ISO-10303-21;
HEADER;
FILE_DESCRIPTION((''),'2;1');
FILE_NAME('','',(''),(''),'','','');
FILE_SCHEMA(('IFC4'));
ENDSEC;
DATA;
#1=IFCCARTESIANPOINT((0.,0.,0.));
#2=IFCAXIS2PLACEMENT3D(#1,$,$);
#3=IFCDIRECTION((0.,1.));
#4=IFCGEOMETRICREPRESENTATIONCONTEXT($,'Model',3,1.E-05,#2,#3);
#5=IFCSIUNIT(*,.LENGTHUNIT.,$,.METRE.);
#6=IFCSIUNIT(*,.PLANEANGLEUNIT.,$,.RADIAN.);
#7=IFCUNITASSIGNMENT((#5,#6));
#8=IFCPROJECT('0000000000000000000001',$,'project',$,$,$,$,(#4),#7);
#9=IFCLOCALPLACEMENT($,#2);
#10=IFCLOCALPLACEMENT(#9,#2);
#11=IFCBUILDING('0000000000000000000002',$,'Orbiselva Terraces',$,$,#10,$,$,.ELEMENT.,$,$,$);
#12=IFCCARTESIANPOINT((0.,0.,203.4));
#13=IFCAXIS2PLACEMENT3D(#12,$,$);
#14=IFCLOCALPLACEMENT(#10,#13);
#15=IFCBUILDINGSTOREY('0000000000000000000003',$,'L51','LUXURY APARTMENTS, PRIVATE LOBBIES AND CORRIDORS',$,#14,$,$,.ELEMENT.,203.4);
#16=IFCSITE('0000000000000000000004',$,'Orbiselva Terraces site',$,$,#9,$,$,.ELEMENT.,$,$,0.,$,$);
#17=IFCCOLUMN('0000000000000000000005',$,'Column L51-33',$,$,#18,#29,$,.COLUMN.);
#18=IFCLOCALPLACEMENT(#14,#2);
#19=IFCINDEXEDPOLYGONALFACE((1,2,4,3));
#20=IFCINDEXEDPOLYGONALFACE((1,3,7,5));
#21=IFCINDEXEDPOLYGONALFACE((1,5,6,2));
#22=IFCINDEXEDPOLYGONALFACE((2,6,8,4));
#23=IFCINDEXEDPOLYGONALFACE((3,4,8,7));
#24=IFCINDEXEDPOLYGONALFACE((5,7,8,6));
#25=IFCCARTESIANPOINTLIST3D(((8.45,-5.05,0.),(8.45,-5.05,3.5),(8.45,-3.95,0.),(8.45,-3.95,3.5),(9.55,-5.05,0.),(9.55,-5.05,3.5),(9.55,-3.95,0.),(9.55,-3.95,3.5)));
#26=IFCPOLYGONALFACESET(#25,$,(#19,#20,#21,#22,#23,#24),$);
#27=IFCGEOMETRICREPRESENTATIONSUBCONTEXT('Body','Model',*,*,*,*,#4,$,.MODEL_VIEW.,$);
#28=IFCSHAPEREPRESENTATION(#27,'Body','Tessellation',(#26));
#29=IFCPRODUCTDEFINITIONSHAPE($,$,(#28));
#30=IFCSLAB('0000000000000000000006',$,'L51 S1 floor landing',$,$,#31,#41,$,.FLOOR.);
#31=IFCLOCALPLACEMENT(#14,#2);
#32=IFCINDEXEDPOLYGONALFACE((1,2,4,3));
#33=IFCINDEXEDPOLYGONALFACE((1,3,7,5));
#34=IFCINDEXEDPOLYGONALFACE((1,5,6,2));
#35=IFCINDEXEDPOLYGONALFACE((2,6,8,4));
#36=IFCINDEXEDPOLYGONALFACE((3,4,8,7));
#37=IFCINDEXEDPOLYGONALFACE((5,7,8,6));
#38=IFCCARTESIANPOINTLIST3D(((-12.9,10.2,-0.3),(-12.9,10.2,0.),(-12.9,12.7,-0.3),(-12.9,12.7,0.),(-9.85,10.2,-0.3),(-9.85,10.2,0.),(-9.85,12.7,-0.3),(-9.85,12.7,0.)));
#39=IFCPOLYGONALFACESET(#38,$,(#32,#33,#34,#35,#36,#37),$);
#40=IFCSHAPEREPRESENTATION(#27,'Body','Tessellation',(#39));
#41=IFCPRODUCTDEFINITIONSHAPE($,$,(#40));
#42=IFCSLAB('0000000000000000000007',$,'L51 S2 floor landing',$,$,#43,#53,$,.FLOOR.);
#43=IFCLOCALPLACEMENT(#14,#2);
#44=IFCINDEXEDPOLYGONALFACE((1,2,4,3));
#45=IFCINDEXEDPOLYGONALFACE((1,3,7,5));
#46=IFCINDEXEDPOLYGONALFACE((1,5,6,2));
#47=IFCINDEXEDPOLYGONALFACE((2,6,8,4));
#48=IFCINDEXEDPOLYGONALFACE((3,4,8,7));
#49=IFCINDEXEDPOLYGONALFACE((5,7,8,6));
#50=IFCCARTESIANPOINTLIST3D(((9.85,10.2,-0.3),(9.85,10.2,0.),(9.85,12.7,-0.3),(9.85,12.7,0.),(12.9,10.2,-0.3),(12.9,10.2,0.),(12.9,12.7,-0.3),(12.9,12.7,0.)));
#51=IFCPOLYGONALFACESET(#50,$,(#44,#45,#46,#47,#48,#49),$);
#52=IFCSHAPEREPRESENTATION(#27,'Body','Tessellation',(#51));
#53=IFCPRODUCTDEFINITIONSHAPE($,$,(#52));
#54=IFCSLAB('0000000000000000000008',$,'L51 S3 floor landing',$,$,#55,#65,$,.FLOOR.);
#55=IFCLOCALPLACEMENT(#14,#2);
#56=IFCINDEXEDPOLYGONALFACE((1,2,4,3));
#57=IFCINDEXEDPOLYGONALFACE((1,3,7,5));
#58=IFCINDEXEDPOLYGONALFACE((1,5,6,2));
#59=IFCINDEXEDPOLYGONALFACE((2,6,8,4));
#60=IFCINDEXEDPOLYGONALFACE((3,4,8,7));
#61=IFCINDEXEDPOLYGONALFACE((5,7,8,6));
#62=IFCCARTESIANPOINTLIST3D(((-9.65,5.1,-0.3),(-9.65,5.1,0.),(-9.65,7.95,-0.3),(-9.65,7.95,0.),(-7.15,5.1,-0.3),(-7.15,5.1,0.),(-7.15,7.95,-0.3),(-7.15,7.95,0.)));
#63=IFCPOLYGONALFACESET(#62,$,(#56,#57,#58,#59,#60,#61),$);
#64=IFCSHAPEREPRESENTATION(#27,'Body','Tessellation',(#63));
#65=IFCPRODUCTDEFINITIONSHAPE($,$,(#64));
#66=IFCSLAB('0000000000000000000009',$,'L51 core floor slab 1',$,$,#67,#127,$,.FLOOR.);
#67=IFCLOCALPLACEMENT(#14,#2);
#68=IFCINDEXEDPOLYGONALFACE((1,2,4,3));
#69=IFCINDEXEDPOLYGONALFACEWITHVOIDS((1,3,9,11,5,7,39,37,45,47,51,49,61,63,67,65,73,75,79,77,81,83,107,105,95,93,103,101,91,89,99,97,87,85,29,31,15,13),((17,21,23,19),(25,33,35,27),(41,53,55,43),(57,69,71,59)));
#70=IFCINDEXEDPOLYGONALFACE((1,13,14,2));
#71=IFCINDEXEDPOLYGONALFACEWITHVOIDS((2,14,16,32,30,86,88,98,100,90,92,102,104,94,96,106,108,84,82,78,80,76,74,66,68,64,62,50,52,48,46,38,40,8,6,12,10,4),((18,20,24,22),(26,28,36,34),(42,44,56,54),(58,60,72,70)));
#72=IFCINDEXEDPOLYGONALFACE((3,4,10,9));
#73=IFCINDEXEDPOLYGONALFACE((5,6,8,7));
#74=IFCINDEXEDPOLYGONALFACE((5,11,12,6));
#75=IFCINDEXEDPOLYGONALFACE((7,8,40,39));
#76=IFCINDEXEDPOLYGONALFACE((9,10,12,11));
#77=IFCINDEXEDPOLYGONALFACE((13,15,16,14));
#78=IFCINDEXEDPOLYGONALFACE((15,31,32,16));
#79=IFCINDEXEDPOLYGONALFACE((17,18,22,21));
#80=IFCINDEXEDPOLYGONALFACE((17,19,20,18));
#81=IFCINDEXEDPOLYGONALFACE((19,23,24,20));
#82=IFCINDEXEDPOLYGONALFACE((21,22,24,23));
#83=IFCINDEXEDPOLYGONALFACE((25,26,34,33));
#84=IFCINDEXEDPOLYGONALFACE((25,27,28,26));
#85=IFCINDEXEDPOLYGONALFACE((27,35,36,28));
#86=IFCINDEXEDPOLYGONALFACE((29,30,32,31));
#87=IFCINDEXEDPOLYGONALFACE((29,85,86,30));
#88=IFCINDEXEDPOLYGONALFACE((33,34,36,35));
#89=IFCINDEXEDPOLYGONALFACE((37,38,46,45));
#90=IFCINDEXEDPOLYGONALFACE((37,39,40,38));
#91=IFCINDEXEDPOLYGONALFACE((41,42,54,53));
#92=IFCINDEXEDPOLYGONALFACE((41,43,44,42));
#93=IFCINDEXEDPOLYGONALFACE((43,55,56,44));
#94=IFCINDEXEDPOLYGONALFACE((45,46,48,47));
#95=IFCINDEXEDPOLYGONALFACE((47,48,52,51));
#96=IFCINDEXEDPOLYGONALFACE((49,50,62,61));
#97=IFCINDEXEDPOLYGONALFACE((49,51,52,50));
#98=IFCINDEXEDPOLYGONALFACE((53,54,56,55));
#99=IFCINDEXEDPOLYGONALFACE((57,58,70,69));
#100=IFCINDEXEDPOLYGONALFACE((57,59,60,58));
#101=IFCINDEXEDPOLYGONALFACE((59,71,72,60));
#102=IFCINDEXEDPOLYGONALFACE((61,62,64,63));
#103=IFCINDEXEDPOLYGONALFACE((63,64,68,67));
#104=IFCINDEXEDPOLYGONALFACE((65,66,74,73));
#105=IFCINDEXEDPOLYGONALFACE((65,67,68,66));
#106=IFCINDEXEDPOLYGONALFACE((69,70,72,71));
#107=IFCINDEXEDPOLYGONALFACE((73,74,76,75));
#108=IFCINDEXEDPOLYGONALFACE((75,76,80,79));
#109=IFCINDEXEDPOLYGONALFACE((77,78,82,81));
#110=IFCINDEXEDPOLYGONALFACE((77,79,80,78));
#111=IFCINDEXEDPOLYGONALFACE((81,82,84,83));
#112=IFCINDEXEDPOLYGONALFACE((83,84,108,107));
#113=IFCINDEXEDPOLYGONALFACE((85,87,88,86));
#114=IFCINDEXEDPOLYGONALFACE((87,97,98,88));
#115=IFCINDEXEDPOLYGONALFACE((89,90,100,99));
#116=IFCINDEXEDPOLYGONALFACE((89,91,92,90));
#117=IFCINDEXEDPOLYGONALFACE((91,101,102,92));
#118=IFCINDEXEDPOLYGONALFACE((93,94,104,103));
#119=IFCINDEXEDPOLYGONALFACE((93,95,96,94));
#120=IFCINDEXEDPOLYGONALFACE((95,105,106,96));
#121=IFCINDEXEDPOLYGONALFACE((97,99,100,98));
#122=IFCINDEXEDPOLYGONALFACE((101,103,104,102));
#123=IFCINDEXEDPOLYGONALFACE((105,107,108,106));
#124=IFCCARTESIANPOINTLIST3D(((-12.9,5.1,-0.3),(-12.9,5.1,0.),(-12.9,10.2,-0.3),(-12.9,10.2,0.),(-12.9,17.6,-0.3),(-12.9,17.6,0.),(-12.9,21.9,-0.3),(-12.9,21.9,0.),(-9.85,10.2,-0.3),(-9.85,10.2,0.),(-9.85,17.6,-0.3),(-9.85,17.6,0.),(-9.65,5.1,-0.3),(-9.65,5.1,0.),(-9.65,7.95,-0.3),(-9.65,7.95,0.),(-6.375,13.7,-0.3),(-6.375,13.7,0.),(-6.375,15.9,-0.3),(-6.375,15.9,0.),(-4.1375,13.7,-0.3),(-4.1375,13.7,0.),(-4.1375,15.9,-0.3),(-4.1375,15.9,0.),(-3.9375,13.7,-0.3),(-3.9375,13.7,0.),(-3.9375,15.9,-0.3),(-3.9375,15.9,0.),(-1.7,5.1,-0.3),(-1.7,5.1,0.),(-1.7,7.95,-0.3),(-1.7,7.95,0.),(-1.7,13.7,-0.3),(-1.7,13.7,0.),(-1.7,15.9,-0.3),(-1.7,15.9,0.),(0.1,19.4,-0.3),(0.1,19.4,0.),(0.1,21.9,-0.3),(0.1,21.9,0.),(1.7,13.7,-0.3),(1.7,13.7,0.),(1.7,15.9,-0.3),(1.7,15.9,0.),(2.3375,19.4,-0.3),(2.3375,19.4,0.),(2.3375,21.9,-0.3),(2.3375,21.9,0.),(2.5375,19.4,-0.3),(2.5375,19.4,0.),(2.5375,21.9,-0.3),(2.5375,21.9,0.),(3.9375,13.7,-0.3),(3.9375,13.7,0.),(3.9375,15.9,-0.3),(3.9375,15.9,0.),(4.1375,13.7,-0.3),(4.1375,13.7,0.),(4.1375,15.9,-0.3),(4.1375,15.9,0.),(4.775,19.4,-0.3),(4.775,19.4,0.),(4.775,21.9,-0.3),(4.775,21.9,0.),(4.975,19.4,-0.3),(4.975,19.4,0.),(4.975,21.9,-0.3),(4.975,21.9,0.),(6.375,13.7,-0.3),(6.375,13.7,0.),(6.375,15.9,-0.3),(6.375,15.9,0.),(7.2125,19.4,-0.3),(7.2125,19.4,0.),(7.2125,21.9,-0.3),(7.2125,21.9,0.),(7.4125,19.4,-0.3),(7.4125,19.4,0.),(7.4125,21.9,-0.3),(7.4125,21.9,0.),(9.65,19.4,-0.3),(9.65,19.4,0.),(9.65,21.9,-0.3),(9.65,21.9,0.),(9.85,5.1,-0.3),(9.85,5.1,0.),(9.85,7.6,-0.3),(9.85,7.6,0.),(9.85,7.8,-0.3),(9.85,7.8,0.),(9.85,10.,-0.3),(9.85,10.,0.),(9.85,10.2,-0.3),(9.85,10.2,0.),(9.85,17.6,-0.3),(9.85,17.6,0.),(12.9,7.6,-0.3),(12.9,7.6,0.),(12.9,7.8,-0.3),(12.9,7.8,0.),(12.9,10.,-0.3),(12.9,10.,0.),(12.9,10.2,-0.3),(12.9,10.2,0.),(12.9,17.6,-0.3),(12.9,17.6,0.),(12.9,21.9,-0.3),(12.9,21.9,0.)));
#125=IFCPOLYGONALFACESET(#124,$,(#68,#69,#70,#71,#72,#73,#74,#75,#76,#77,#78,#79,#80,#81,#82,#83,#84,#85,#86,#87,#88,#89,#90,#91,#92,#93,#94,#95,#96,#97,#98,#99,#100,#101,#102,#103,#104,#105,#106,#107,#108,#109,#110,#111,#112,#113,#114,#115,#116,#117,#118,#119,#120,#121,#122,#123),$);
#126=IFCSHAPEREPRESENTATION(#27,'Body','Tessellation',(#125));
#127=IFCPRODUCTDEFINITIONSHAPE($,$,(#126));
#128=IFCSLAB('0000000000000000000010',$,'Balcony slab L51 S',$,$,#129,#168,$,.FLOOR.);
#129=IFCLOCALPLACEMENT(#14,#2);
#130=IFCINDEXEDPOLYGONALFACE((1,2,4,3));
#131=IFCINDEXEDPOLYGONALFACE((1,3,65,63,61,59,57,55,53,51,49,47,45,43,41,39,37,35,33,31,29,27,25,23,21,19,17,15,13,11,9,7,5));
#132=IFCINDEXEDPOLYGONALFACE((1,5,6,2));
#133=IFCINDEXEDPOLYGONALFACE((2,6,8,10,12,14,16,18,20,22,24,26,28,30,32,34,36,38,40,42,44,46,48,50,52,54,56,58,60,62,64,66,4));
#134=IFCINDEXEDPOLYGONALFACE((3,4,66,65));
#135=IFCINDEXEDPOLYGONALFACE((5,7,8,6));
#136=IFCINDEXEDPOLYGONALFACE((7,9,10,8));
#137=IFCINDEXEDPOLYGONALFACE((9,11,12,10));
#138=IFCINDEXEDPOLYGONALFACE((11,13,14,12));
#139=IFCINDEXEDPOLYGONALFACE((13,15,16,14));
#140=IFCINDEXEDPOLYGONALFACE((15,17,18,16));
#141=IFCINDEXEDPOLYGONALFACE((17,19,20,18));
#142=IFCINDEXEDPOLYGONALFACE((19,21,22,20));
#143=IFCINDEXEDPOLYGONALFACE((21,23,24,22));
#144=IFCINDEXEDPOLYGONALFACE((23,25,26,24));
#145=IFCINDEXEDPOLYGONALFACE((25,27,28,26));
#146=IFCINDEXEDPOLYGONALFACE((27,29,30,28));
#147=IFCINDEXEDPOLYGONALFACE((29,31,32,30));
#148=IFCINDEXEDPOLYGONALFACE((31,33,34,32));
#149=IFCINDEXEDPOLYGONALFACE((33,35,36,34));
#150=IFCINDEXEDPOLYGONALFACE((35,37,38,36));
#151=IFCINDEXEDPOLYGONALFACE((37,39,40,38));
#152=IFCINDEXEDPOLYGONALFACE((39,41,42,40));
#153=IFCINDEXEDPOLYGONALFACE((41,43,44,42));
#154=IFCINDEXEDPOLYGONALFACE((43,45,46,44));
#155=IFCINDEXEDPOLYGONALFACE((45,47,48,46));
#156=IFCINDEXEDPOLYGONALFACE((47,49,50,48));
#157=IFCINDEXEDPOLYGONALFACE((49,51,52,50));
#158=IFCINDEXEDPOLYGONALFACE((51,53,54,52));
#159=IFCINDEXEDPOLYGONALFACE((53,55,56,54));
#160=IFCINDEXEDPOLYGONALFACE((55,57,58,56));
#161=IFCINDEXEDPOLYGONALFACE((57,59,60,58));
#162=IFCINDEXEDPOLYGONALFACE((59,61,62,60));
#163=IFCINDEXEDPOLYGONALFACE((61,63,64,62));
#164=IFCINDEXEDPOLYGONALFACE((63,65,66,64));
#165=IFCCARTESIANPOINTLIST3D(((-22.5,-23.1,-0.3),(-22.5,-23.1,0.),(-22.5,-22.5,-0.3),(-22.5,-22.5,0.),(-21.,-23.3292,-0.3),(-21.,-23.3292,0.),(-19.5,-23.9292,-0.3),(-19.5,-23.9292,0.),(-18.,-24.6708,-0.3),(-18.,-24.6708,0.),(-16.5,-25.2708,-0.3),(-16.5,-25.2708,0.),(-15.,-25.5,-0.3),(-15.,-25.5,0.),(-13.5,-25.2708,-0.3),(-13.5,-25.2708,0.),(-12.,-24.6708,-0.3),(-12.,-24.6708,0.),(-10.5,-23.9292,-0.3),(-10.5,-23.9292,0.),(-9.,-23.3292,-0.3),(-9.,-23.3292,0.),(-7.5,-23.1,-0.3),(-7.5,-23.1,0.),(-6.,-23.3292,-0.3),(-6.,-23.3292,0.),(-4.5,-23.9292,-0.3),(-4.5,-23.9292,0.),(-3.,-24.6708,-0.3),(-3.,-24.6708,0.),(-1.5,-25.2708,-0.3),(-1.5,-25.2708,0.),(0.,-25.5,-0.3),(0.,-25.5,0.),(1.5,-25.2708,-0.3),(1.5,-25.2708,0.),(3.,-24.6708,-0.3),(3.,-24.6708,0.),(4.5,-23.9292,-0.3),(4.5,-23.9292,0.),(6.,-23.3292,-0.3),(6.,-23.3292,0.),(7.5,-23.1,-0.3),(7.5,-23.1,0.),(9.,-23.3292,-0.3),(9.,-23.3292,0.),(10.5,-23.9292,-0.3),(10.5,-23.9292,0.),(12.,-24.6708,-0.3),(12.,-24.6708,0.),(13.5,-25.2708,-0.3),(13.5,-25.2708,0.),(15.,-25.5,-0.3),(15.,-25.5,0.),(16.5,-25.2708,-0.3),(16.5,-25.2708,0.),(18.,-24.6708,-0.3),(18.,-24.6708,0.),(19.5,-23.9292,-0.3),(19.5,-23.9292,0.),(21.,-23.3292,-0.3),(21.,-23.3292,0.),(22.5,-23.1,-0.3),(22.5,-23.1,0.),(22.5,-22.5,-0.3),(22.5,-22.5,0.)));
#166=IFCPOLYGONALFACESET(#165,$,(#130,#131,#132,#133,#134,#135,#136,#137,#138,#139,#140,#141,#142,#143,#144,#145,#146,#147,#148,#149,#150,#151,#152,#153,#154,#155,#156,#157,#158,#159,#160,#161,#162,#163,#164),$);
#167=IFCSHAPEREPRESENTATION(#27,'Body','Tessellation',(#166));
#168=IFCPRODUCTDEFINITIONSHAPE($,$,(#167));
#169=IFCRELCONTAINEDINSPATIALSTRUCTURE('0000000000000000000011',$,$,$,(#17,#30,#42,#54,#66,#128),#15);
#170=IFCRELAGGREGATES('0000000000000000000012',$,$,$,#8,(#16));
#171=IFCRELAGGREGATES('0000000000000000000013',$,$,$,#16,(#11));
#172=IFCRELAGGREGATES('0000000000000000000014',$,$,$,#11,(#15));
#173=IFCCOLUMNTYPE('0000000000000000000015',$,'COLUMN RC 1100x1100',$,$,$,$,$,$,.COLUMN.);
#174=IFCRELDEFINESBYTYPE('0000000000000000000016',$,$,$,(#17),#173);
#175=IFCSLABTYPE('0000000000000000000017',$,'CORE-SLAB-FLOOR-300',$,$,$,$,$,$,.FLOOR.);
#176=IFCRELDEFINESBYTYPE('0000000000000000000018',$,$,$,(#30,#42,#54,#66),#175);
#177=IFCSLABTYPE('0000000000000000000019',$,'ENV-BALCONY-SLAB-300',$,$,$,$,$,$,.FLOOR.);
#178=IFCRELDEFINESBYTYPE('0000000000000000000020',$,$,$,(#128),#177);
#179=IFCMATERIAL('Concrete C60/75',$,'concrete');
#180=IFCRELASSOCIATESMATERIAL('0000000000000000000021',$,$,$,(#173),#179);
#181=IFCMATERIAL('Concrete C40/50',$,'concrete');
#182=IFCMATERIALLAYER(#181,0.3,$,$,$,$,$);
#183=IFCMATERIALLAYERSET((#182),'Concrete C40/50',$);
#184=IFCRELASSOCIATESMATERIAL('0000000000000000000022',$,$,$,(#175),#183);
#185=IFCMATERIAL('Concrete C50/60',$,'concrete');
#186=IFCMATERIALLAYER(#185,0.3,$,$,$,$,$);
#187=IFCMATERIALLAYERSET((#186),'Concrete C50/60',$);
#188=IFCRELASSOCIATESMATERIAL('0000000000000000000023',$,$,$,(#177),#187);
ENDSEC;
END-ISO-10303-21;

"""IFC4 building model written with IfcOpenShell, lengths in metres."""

from ifc_helpers import new_model, si_unit, direction, frame, origin, origin_2d, place, context, subcontext, project, spatial, polyline, rectangle, outline, extrude, material, layer, layer_set, material_profile, profile_set, type_object, element, save


model = new_model("IFC4")

# Units and contexts
model_context = context("Model", 3, precision=1e-05, world=origin(), true_north=direction((0.0, 1.0)))
body_context = subcontext(model_context, "Body", "Model", "MODEL_VIEW")
ifc_project = project(units=[si_unit("LENGTHUNIT", "METRE"), si_unit("PLANEANGLEUNIT", "RADIAN")], contexts=[model_context])

# Site, building, storey
site_placement = place(None, origin())
site = spatial("IfcSite", under=ifc_project, at=site_placement, Name="Orbiselva Terraces site", CompositionType="ELEMENT", RefElevation=0.0)
building_placement = place(site_placement, origin())
building = spatial("IfcBuilding", under=site, at=building_placement, Name="Orbiselva Terraces", CompositionType="ELEMENT")
storey_placement = place(building_placement, frame((0.0, 0.0, 203.4)))
storey = spatial("IfcBuildingStorey", under=building, at=storey_placement, Name="L51", Description="LUXURY APARTMENTS, PRIVATE LOBBIES AND CORRIDORS", CompositionType="ELEMENT", Elevation=203.4)

# Column
ifc_material_1 = material(Name="Concrete C60/75", Category="concrete")
ifc_material_profile = material_profile(ifc_material_1, rectangle(XDim=1.1, YDim=1.1, at=origin_2d()), Name="RC 1100x1100")
ifc_profile_set = profile_set([ifc_material_profile], Name="Concrete C60/75")
column_type = type_object("IfcColumnType", Name="COLUMN RC 1100x1100", PredefinedType="COLUMN", material=ifc_profile_set)
column_placement = place(storey_placement, frame((9.0, -4.5, 0.0), z_axis=(0.0, 0.0, 1.0), x_axis=(1.0, 0.0, 0.0)))
element("IfcColumn", 1, at=column_placement, inside=storey, type_object=column_type, Name="Column L51-33", PredefinedType="COLUMN", context=body_context, shape_type="SweptSolid", body=[
    extrude(rectangle(XDim=1.1, YDim=1.1, at=origin_2d()), origin(), (0.0, 0.0, 1.0), 3.5),
])

# Slabs
ifc_material_2 = material(Name="Concrete C40/50", Category="concrete")
ifc_layer_1 = layer(ifc_material_2, 0.3)
ifc_layer_set_1 = layer_set([ifc_layer_1], Name="Concrete C40/50")
slab_type_1 = type_object("IfcSlabType", Name="CORE-SLAB-FLOOR-300", PredefinedType="FLOOR", material=ifc_layer_set_1)
slab_1_placement = place(storey_placement, frame((0.0, 0.0, -0.3)))
element("IfcSlab", 2, at=slab_1_placement, inside=storey, type_object=slab_type_1, Name="L51 S1 floor landing", PredefinedType="FLOOR", context=body_context, shape_type="SweptSolid", body=[
    extrude(outline(polyline([(-12.9, 12.7), (-9.85, 12.7), (-9.85, 10.2), (-12.9, 10.2), (-12.9, 12.7)])), origin(), (0.0, 0.0, 1.0), 0.3),
])
slab_2_placement = place(storey_placement, frame((0.0, 0.0, -0.3)))
element("IfcSlab", 3, at=slab_2_placement, inside=storey, type_object=slab_type_1, Name="L51 S2 floor landing", PredefinedType="FLOOR", context=body_context, shape_type="SweptSolid", body=[
    extrude(outline(polyline([(12.9, 12.7), (12.9, 10.2), (9.85, 10.2), (9.85, 12.7), (12.9, 12.7)])), origin(), (0.0, 0.0, 1.0), 0.3),
])
slab_3_placement = place(storey_placement, frame((0.0, 0.0, -0.3)))
element("IfcSlab", 4, at=slab_3_placement, inside=storey, type_object=slab_type_1, Name="L51 S3 floor landing", PredefinedType="FLOOR", context=body_context, shape_type="SweptSolid", body=[
    extrude(outline(polyline([(-7.15, 5.1), (-9.65, 5.1), (-9.65, 7.95), (-7.15, 7.95), (-7.15, 5.1)])), origin(), (0.0, 0.0, 1.0), 0.3),
])
slab_4_placement = place(storey_placement, frame((0.0, 0.0, -0.3)))
element("IfcSlab", 5, at=slab_4_placement, inside=storey, type_object=slab_type_1, Name="L51 core floor slab 1", PredefinedType="FLOOR", context=body_context, shape_type="SweptSolid", body=[
    extrude(outline(polyline([(-1.7, 5.1), (-1.7, 7.95), (-9.65, 7.95), (-9.65, 5.1), (-12.9, 5.1), (-12.9, 10.2), (-9.85, 10.2), (-9.85, 17.6), (-12.9, 17.6), (-12.9, 21.9), (0.1, 21.9), (0.1, 19.4), (2.3375, 19.4), (2.3375, 21.9), (2.5375, 21.9), (2.5375, 19.4), (4.775, 19.4), (4.775, 21.9), (4.975, 21.9), (4.975, 19.4), (7.2125, 19.4), (7.2125, 21.9), (7.4125, 21.9), (7.4125, 19.4), (9.65, 19.4), (9.65, 21.9), (12.9, 21.9), (12.9, 17.6), (9.85, 17.6), (9.85, 10.2), (12.9, 10.2), (12.9, 10.0), (9.85, 10.0), (9.85, 7.8), (12.9, 7.8), (12.9, 7.6), (9.85, 7.6), (9.85, 5.1), (-1.7, 5.1)]), holes=[polyline([(-4.1375, 13.7), (-4.1375, 15.9), (-6.375, 15.9), (-6.375, 13.7), (-4.1375, 13.7)]), polyline([(-1.7, 13.7), (-1.7, 15.9), (-3.9375, 15.9), (-3.9375, 13.7), (-1.7, 13.7)]), polyline([(3.9375, 15.9), (1.7, 15.9), (1.7, 13.7), (3.9375, 13.7), (3.9375, 15.9)]), polyline([(6.375, 13.7), (6.375, 15.9), (4.1375, 15.9), (4.1375, 13.7), (6.375, 13.7)])]), origin(), (0.0, 0.0, 1.0), 0.3),
])
ifc_material_3 = material(Name="Concrete C50/60", Category="concrete")
ifc_layer_2 = layer(ifc_material_3, 0.3)
ifc_layer_set_2 = layer_set([ifc_layer_2], Name="Concrete C50/60")
slab_type_2 = type_object("IfcSlabType", Name="ENV-BALCONY-SLAB-300", PredefinedType="FLOOR", material=ifc_layer_set_2)
slab_5_placement = place(storey_placement, frame((0.0, 0.0, -0.3)))
element("IfcSlab", 6, at=slab_5_placement, inside=storey, type_object=slab_type_2, Name="Balcony slab L51 S", PredefinedType="FLOOR", context=body_context, shape_type="SweptSolid", body=[
    extrude(outline(polyline([(-22.5, -23.1), (-21.0, -23.3292), (-19.5, -23.9292), (-18.0, -24.6708), (-16.5, -25.2708), (-15.0, -25.5), (-13.5, -25.2708), (-12.0, -24.6708), (-10.5, -23.9292), (-9.0, -23.3292), (-7.5, -23.1), (-6.0, -23.3292), (-4.5, -23.9292), (-3.0, -24.6708), (-1.5, -25.2708), (0.0, -25.5), (1.5, -25.2708), (3.0, -24.6708), (4.5, -23.9292), (6.0, -23.3292), (7.5, -23.1), (9.0, -23.3292), (10.5, -23.9292), (12.0, -24.6708), (13.5, -25.2708), (15.0, -25.5), (16.5, -25.2708), (18.0, -24.6708), (19.5, -23.9292), (21.0, -23.3292), (22.5, -23.1), (22.5, -22.5), (-22.5, -22.5), (-22.5, -23.1)])), origin(), (0.0, 0.0, 1.0), 0.3),
])

save(model, "model.ifc")
